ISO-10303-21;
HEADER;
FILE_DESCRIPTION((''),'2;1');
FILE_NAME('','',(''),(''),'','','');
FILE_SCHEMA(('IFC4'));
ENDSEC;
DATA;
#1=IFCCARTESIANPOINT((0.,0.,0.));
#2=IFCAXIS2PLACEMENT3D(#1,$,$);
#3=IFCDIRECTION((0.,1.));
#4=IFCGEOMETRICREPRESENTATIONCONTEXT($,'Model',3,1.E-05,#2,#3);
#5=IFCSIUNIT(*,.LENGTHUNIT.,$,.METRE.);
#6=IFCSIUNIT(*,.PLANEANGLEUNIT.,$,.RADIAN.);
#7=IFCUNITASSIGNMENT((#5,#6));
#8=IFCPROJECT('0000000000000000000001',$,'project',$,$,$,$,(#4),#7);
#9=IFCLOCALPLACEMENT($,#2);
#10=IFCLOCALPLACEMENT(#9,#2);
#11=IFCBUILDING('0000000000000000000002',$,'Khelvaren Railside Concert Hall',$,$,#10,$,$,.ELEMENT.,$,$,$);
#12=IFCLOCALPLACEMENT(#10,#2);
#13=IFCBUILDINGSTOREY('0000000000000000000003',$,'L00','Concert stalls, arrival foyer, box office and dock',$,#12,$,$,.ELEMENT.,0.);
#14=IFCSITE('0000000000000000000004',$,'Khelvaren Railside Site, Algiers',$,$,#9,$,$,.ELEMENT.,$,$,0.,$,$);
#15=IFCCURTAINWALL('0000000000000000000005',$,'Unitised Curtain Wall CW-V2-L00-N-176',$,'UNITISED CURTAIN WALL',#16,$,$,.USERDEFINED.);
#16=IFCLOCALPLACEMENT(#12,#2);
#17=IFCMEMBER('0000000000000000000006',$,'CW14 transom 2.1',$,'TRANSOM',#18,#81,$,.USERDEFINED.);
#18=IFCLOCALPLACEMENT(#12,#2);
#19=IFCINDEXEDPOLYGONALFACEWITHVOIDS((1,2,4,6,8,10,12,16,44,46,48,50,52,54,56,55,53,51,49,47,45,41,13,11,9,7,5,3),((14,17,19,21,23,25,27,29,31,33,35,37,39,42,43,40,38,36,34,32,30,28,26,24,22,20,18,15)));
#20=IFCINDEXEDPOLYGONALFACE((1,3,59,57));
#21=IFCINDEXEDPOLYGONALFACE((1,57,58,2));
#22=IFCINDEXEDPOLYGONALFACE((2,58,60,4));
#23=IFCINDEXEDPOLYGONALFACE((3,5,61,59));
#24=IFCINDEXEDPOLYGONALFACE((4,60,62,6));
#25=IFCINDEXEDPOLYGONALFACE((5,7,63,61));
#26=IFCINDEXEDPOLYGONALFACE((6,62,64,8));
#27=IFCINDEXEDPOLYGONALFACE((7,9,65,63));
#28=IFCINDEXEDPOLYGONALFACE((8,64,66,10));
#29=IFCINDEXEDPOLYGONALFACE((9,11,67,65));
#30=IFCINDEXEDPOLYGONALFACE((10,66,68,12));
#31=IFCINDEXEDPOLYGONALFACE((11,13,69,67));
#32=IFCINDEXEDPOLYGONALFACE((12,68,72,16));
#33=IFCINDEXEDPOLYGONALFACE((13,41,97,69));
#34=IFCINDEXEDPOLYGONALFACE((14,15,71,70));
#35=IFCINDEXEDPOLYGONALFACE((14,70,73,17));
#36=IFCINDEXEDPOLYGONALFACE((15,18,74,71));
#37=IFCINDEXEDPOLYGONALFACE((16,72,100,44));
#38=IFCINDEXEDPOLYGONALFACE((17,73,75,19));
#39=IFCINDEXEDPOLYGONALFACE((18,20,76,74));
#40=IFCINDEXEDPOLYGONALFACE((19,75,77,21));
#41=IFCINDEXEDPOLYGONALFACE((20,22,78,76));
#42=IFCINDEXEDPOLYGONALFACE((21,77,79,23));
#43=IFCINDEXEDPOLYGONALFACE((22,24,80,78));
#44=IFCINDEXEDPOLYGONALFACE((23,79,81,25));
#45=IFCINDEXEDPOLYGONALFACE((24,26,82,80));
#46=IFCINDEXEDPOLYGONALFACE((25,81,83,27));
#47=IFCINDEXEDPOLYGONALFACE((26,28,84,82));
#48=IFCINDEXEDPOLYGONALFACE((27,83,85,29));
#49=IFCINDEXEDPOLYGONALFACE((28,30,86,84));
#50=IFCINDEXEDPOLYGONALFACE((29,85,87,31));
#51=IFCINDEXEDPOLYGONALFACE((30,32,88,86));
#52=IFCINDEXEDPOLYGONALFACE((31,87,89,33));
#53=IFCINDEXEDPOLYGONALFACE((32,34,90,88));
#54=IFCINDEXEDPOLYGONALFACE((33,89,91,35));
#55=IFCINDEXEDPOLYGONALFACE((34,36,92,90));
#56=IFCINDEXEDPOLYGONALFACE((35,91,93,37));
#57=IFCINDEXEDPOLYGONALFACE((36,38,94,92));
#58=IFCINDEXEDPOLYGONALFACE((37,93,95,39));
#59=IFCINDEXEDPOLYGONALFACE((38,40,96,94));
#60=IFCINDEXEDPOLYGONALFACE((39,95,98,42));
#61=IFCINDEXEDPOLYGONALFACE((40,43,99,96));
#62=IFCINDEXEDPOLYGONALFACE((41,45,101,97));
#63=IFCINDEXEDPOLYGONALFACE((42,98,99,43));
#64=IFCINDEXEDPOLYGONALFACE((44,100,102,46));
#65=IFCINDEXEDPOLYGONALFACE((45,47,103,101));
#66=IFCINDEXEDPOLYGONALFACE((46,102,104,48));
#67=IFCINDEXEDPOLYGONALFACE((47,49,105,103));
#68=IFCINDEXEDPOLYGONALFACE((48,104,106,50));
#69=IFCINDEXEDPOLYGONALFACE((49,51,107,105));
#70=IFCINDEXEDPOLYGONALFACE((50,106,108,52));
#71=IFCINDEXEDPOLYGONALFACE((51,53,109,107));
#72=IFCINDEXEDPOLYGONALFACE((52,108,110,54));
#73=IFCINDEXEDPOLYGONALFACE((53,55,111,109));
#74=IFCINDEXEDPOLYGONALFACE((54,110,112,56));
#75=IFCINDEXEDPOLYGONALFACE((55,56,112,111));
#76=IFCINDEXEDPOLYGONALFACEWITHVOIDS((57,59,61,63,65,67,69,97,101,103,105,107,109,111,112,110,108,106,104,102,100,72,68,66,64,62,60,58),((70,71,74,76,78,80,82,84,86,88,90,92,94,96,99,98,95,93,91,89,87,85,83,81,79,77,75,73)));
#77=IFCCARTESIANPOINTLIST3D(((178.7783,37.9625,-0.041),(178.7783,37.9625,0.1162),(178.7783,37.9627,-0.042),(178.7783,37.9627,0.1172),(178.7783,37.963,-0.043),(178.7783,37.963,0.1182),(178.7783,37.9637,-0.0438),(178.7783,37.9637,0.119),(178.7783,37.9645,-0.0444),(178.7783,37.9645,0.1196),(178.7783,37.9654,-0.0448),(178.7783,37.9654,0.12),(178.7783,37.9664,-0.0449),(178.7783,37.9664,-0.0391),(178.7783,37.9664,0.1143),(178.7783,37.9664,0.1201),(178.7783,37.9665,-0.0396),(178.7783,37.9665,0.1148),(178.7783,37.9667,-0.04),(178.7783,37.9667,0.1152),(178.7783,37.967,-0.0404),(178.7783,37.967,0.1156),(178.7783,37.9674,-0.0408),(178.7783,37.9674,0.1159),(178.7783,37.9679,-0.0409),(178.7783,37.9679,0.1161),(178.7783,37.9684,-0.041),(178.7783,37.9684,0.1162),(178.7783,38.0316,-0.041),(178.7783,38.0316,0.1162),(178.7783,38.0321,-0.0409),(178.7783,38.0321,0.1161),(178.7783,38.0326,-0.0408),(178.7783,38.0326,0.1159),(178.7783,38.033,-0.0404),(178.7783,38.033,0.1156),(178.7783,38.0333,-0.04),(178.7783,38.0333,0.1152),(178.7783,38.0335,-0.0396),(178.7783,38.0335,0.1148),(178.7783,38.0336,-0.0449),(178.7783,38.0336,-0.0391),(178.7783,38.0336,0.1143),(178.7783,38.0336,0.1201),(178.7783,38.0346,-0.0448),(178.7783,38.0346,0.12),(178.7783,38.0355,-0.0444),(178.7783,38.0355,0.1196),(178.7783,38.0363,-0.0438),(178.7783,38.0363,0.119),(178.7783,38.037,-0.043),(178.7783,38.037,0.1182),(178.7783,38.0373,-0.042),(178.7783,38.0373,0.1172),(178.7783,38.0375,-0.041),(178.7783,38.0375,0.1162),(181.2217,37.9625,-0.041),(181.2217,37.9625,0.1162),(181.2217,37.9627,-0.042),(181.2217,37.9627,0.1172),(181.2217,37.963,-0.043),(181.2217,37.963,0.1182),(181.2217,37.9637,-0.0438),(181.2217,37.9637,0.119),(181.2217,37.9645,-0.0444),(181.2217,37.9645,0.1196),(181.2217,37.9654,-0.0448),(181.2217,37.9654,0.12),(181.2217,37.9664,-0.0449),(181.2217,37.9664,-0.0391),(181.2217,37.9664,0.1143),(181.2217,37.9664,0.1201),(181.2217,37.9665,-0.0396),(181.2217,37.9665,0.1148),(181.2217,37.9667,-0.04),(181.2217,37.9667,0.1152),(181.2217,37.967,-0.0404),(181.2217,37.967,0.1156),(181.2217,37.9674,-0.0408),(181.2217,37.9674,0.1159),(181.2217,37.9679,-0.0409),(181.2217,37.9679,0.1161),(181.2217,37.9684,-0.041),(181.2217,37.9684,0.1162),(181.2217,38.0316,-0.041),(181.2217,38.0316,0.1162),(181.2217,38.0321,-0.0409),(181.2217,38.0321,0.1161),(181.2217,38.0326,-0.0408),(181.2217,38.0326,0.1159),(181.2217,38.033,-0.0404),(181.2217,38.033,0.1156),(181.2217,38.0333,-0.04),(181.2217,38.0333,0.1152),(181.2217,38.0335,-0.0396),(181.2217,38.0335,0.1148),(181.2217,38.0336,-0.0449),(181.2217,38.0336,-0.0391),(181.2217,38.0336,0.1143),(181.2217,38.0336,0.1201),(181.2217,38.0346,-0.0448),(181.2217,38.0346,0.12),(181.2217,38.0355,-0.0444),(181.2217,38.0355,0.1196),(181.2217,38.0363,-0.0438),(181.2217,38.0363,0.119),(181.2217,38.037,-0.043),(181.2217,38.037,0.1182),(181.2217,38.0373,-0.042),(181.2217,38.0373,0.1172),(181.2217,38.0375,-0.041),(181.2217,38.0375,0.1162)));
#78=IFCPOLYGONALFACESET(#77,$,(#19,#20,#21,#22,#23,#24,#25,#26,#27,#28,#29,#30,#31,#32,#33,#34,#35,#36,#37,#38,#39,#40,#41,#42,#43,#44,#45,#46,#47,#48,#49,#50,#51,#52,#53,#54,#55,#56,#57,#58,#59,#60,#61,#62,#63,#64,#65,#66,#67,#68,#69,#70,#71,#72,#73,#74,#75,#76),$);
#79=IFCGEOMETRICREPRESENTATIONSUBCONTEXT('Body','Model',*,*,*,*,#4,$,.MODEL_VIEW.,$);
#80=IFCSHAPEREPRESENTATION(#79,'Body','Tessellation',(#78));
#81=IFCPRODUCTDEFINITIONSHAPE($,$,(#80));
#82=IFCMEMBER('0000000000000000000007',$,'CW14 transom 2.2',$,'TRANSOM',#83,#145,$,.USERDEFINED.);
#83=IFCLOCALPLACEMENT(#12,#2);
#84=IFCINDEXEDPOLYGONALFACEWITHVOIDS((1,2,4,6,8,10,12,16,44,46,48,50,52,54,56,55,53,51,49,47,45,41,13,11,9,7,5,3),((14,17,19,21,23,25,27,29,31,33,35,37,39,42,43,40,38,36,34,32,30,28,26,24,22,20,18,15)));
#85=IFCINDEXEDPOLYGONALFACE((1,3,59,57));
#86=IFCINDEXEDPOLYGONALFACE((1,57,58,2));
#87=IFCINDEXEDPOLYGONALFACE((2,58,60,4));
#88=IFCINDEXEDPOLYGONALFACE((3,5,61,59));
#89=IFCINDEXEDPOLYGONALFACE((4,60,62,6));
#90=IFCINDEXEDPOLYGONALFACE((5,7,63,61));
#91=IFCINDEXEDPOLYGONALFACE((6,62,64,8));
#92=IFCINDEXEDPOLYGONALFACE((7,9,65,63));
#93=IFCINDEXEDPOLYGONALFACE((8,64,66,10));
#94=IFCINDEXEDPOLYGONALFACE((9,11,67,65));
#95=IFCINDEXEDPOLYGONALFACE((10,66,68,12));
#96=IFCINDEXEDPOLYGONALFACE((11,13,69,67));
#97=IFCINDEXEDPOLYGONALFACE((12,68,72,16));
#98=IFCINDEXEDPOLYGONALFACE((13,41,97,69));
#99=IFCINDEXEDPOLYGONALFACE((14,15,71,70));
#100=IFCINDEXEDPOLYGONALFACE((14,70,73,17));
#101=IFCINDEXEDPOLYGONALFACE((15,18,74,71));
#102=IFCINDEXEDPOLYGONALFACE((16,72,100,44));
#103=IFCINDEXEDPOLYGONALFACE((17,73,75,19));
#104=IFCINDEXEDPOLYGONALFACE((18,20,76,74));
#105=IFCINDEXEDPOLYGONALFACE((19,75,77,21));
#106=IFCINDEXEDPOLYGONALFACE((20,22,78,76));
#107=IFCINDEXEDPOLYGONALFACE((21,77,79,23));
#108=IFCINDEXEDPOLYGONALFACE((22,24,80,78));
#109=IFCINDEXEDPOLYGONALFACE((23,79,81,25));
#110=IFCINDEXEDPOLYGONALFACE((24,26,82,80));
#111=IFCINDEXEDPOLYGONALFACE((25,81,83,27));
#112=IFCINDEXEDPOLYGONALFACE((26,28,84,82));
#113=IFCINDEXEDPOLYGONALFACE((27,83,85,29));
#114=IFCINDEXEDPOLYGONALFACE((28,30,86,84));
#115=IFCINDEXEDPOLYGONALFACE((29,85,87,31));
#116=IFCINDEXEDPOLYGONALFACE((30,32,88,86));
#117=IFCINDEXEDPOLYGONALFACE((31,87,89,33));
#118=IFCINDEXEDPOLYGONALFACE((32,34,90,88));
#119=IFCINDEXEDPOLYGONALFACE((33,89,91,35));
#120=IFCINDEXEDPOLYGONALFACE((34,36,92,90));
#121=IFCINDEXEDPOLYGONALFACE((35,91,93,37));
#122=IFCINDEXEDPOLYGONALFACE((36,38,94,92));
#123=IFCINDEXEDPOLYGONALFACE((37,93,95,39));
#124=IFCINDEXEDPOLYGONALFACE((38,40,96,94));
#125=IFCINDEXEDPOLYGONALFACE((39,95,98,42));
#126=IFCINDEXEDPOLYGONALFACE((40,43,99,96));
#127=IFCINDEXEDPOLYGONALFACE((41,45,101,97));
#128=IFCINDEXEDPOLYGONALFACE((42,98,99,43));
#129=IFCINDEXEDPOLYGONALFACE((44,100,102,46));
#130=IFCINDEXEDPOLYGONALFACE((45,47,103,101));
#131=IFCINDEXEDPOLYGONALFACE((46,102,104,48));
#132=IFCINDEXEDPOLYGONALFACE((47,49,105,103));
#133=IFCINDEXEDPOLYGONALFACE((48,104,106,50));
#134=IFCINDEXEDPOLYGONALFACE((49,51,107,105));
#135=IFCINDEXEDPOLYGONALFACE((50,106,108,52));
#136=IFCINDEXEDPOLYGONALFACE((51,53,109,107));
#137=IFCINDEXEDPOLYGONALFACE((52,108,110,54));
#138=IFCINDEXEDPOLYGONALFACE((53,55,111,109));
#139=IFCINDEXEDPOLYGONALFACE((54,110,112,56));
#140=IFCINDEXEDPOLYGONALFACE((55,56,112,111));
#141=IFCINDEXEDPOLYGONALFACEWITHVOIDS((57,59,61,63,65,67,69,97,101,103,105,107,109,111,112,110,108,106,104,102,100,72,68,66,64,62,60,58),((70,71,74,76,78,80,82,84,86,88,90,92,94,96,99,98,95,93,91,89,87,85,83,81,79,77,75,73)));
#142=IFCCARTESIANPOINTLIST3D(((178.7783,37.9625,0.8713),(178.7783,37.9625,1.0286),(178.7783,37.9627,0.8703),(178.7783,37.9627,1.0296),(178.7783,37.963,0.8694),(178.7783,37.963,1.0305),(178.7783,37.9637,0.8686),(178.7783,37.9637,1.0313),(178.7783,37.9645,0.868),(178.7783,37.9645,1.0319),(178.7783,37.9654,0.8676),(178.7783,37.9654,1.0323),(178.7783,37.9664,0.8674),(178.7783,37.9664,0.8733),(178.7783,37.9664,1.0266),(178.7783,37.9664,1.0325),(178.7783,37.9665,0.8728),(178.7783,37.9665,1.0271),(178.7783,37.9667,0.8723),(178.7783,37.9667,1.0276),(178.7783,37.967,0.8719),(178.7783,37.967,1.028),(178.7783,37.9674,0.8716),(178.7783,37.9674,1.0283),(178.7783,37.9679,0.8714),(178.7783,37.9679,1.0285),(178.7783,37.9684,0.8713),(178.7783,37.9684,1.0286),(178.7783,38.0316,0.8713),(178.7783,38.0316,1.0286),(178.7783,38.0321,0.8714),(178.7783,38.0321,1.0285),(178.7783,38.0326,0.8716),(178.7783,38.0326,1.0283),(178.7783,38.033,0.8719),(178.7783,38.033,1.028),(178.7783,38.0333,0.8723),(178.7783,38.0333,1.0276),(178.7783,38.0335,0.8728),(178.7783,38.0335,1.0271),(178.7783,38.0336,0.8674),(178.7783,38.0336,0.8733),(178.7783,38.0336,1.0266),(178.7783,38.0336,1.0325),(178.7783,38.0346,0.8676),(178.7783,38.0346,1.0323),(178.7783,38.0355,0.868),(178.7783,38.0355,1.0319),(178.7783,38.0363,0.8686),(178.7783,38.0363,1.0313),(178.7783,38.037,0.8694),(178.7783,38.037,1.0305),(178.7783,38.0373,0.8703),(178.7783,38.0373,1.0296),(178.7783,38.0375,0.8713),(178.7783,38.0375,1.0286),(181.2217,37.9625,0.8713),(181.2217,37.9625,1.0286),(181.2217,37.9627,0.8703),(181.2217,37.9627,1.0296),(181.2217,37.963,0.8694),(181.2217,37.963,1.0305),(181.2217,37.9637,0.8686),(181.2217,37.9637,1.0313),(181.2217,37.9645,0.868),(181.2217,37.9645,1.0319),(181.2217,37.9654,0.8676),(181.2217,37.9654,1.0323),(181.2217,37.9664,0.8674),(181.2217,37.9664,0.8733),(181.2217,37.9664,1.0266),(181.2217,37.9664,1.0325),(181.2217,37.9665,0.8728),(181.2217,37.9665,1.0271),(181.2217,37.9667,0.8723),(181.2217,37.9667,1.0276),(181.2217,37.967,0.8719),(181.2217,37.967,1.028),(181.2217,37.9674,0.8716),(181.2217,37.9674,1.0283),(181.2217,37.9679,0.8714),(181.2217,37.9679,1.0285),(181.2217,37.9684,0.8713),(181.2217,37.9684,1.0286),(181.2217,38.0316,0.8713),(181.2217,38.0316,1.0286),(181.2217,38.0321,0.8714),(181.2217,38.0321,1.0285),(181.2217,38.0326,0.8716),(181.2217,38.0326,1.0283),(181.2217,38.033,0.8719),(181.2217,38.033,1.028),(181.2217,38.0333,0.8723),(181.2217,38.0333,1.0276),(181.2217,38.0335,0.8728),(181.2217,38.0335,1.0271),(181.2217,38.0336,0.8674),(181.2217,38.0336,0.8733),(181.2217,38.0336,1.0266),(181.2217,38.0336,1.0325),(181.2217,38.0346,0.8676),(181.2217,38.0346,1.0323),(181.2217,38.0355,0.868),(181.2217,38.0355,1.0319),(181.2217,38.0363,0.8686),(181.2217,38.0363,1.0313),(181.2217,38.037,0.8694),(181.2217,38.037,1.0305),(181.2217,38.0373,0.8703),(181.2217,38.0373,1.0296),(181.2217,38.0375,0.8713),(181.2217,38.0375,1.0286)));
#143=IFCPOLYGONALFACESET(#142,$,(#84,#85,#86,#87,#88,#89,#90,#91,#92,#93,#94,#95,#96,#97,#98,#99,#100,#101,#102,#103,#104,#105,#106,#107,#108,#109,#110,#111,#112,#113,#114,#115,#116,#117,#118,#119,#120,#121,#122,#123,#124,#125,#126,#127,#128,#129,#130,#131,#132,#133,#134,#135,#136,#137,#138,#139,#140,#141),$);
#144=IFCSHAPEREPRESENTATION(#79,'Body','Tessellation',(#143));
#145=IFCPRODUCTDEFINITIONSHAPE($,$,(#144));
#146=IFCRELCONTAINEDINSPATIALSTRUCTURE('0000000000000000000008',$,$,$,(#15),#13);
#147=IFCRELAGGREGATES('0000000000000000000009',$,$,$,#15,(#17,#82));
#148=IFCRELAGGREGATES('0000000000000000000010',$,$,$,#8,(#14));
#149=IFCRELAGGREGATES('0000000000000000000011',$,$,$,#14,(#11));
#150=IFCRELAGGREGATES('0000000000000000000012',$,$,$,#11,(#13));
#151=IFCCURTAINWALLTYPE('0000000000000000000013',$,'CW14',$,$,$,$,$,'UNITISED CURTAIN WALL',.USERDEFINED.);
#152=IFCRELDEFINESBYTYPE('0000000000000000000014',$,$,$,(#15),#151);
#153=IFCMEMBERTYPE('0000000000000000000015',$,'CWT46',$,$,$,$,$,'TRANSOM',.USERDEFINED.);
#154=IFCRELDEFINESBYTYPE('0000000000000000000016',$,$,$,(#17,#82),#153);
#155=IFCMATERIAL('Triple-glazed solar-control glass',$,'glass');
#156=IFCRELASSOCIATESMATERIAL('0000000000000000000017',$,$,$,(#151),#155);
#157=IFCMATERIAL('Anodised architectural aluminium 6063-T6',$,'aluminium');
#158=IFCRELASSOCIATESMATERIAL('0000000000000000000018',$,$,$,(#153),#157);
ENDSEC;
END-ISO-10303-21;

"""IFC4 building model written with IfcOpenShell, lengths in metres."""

from ifc_helpers import new_model, si_unit, direction, frame, origin, origin_2d, place, context, subcontext, project, spatial, hollow_rectangle, extrude, material, material_profile, profile_set, type_object, element, aggregate, save


model = new_model("IFC4")

# Units and contexts
model_context = context("Model", 3, precision=1e-05, world=origin(), true_north=direction((0.0, 1.0)))
body_context = subcontext(model_context, "Body", "Model", "MODEL_VIEW")
ifc_project = project(units=[si_unit("LENGTHUNIT", "METRE"), si_unit("PLANEANGLEUNIT", "RADIAN")], contexts=[model_context])

# Site, building, storey
site_placement = place(None, origin())
site = spatial("IfcSite", under=ifc_project, at=site_placement, Name="Khelvaren Railside Site, Algiers", CompositionType="ELEMENT", RefElevation=0.0)
building_placement = place(site_placement, origin())
building = spatial("IfcBuilding", under=site, at=building_placement, Name="Khelvaren Railside Concert Hall", CompositionType="ELEMENT")
storey_placement = place(building_placement, origin())
storey = spatial("IfcBuildingStorey", under=building, at=storey_placement, Name="L00", Description="Concert stalls, arrival foyer, box office and dock", CompositionType="ELEMENT", Elevation=0.0)

# Curtain wall, members
ifc_material_1 = material(Name="Triple-glazed solar-control glass", Category="glass")
curtain_wall_type = type_object("IfcCurtainWallType", Name="CW14", ElementType="UNITISED CURTAIN WALL", PredefinedType="USERDEFINED", material=ifc_material_1)
curtain_wall_placement = place(storey_placement, origin())
curtain_wall = element("IfcCurtainWall", 1, at=curtain_wall_placement, inside=storey, type_object=curtain_wall_type, Name="Unitised Curtain Wall CW-V2-L00-N-176", ObjectType="UNITISED CURTAIN WALL", PredefinedType="USERDEFINED")
ifc_material_2 = material(Name="Anodised architectural aluminium 6063-T6", Category="aluminium")
ifc_material_profile_1 = material_profile(ifc_material_2, hollow_rectangle(XDim=0.075, YDim=0.165, WallThickness=0.0039, InnerFilletRadius=0.002, OuterFilletRadius=0.0039, at=origin_2d()), Name="CWT 75x165x4")
ifc_profile_set_1 = profile_set([ifc_material_profile_1], Name="Anodised architectural aluminium 6063-T6")
member_type_1 = type_object("IfcMemberType", Name="CWT46", ElementType="TRANSOM", PredefinedType="USERDEFINED", material=ifc_profile_set_1)
member_1_placement = place(storey_placement, frame((178.7783, 38.0, 0.0376), z_axis=(1.0, 0.0, 0.0), x_axis=(0.0, 1.0, 0.0)))
member_1 = element("IfcMember", 2, at=member_1_placement, type_object=member_type_1, Name="CW14 transom 2.1", ObjectType="TRANSOM", PredefinedType="USERDEFINED", context=body_context, shape_type="SweptSolid", body=[
    extrude(hollow_rectangle(XDim=0.075, YDim=0.165, WallThickness=0.0039, InnerFilletRadius=0.002, OuterFilletRadius=0.0039, at=origin_2d()), origin(), (0.0, 0.0, 1.0), 2.4434),
])
member_2_placement = place(storey_placement, frame((178.7783, 38.0, 0.95), z_axis=(1.0, 0.0, 0.0), x_axis=(0.0, 1.0, 0.0)))
member_2 = element("IfcMember", 3, at=member_2_placement, type_object=member_type_1, Name="CW14 transom 2.2", ObjectType="TRANSOM", PredefinedType="USERDEFINED", context=body_context, shape_type="SweptSolid", body=[
    extrude(hollow_rectangle(XDim=0.075, YDim=0.165, WallThickness=0.0039, InnerFilletRadius=0.002, OuterFilletRadius=0.0039, at=origin_2d()), origin(), (0.0, 0.0, 1.0), 2.4434),
])

aggregate(curtain_wall, [member_1, member_2])

save(model, "model.ifc")
